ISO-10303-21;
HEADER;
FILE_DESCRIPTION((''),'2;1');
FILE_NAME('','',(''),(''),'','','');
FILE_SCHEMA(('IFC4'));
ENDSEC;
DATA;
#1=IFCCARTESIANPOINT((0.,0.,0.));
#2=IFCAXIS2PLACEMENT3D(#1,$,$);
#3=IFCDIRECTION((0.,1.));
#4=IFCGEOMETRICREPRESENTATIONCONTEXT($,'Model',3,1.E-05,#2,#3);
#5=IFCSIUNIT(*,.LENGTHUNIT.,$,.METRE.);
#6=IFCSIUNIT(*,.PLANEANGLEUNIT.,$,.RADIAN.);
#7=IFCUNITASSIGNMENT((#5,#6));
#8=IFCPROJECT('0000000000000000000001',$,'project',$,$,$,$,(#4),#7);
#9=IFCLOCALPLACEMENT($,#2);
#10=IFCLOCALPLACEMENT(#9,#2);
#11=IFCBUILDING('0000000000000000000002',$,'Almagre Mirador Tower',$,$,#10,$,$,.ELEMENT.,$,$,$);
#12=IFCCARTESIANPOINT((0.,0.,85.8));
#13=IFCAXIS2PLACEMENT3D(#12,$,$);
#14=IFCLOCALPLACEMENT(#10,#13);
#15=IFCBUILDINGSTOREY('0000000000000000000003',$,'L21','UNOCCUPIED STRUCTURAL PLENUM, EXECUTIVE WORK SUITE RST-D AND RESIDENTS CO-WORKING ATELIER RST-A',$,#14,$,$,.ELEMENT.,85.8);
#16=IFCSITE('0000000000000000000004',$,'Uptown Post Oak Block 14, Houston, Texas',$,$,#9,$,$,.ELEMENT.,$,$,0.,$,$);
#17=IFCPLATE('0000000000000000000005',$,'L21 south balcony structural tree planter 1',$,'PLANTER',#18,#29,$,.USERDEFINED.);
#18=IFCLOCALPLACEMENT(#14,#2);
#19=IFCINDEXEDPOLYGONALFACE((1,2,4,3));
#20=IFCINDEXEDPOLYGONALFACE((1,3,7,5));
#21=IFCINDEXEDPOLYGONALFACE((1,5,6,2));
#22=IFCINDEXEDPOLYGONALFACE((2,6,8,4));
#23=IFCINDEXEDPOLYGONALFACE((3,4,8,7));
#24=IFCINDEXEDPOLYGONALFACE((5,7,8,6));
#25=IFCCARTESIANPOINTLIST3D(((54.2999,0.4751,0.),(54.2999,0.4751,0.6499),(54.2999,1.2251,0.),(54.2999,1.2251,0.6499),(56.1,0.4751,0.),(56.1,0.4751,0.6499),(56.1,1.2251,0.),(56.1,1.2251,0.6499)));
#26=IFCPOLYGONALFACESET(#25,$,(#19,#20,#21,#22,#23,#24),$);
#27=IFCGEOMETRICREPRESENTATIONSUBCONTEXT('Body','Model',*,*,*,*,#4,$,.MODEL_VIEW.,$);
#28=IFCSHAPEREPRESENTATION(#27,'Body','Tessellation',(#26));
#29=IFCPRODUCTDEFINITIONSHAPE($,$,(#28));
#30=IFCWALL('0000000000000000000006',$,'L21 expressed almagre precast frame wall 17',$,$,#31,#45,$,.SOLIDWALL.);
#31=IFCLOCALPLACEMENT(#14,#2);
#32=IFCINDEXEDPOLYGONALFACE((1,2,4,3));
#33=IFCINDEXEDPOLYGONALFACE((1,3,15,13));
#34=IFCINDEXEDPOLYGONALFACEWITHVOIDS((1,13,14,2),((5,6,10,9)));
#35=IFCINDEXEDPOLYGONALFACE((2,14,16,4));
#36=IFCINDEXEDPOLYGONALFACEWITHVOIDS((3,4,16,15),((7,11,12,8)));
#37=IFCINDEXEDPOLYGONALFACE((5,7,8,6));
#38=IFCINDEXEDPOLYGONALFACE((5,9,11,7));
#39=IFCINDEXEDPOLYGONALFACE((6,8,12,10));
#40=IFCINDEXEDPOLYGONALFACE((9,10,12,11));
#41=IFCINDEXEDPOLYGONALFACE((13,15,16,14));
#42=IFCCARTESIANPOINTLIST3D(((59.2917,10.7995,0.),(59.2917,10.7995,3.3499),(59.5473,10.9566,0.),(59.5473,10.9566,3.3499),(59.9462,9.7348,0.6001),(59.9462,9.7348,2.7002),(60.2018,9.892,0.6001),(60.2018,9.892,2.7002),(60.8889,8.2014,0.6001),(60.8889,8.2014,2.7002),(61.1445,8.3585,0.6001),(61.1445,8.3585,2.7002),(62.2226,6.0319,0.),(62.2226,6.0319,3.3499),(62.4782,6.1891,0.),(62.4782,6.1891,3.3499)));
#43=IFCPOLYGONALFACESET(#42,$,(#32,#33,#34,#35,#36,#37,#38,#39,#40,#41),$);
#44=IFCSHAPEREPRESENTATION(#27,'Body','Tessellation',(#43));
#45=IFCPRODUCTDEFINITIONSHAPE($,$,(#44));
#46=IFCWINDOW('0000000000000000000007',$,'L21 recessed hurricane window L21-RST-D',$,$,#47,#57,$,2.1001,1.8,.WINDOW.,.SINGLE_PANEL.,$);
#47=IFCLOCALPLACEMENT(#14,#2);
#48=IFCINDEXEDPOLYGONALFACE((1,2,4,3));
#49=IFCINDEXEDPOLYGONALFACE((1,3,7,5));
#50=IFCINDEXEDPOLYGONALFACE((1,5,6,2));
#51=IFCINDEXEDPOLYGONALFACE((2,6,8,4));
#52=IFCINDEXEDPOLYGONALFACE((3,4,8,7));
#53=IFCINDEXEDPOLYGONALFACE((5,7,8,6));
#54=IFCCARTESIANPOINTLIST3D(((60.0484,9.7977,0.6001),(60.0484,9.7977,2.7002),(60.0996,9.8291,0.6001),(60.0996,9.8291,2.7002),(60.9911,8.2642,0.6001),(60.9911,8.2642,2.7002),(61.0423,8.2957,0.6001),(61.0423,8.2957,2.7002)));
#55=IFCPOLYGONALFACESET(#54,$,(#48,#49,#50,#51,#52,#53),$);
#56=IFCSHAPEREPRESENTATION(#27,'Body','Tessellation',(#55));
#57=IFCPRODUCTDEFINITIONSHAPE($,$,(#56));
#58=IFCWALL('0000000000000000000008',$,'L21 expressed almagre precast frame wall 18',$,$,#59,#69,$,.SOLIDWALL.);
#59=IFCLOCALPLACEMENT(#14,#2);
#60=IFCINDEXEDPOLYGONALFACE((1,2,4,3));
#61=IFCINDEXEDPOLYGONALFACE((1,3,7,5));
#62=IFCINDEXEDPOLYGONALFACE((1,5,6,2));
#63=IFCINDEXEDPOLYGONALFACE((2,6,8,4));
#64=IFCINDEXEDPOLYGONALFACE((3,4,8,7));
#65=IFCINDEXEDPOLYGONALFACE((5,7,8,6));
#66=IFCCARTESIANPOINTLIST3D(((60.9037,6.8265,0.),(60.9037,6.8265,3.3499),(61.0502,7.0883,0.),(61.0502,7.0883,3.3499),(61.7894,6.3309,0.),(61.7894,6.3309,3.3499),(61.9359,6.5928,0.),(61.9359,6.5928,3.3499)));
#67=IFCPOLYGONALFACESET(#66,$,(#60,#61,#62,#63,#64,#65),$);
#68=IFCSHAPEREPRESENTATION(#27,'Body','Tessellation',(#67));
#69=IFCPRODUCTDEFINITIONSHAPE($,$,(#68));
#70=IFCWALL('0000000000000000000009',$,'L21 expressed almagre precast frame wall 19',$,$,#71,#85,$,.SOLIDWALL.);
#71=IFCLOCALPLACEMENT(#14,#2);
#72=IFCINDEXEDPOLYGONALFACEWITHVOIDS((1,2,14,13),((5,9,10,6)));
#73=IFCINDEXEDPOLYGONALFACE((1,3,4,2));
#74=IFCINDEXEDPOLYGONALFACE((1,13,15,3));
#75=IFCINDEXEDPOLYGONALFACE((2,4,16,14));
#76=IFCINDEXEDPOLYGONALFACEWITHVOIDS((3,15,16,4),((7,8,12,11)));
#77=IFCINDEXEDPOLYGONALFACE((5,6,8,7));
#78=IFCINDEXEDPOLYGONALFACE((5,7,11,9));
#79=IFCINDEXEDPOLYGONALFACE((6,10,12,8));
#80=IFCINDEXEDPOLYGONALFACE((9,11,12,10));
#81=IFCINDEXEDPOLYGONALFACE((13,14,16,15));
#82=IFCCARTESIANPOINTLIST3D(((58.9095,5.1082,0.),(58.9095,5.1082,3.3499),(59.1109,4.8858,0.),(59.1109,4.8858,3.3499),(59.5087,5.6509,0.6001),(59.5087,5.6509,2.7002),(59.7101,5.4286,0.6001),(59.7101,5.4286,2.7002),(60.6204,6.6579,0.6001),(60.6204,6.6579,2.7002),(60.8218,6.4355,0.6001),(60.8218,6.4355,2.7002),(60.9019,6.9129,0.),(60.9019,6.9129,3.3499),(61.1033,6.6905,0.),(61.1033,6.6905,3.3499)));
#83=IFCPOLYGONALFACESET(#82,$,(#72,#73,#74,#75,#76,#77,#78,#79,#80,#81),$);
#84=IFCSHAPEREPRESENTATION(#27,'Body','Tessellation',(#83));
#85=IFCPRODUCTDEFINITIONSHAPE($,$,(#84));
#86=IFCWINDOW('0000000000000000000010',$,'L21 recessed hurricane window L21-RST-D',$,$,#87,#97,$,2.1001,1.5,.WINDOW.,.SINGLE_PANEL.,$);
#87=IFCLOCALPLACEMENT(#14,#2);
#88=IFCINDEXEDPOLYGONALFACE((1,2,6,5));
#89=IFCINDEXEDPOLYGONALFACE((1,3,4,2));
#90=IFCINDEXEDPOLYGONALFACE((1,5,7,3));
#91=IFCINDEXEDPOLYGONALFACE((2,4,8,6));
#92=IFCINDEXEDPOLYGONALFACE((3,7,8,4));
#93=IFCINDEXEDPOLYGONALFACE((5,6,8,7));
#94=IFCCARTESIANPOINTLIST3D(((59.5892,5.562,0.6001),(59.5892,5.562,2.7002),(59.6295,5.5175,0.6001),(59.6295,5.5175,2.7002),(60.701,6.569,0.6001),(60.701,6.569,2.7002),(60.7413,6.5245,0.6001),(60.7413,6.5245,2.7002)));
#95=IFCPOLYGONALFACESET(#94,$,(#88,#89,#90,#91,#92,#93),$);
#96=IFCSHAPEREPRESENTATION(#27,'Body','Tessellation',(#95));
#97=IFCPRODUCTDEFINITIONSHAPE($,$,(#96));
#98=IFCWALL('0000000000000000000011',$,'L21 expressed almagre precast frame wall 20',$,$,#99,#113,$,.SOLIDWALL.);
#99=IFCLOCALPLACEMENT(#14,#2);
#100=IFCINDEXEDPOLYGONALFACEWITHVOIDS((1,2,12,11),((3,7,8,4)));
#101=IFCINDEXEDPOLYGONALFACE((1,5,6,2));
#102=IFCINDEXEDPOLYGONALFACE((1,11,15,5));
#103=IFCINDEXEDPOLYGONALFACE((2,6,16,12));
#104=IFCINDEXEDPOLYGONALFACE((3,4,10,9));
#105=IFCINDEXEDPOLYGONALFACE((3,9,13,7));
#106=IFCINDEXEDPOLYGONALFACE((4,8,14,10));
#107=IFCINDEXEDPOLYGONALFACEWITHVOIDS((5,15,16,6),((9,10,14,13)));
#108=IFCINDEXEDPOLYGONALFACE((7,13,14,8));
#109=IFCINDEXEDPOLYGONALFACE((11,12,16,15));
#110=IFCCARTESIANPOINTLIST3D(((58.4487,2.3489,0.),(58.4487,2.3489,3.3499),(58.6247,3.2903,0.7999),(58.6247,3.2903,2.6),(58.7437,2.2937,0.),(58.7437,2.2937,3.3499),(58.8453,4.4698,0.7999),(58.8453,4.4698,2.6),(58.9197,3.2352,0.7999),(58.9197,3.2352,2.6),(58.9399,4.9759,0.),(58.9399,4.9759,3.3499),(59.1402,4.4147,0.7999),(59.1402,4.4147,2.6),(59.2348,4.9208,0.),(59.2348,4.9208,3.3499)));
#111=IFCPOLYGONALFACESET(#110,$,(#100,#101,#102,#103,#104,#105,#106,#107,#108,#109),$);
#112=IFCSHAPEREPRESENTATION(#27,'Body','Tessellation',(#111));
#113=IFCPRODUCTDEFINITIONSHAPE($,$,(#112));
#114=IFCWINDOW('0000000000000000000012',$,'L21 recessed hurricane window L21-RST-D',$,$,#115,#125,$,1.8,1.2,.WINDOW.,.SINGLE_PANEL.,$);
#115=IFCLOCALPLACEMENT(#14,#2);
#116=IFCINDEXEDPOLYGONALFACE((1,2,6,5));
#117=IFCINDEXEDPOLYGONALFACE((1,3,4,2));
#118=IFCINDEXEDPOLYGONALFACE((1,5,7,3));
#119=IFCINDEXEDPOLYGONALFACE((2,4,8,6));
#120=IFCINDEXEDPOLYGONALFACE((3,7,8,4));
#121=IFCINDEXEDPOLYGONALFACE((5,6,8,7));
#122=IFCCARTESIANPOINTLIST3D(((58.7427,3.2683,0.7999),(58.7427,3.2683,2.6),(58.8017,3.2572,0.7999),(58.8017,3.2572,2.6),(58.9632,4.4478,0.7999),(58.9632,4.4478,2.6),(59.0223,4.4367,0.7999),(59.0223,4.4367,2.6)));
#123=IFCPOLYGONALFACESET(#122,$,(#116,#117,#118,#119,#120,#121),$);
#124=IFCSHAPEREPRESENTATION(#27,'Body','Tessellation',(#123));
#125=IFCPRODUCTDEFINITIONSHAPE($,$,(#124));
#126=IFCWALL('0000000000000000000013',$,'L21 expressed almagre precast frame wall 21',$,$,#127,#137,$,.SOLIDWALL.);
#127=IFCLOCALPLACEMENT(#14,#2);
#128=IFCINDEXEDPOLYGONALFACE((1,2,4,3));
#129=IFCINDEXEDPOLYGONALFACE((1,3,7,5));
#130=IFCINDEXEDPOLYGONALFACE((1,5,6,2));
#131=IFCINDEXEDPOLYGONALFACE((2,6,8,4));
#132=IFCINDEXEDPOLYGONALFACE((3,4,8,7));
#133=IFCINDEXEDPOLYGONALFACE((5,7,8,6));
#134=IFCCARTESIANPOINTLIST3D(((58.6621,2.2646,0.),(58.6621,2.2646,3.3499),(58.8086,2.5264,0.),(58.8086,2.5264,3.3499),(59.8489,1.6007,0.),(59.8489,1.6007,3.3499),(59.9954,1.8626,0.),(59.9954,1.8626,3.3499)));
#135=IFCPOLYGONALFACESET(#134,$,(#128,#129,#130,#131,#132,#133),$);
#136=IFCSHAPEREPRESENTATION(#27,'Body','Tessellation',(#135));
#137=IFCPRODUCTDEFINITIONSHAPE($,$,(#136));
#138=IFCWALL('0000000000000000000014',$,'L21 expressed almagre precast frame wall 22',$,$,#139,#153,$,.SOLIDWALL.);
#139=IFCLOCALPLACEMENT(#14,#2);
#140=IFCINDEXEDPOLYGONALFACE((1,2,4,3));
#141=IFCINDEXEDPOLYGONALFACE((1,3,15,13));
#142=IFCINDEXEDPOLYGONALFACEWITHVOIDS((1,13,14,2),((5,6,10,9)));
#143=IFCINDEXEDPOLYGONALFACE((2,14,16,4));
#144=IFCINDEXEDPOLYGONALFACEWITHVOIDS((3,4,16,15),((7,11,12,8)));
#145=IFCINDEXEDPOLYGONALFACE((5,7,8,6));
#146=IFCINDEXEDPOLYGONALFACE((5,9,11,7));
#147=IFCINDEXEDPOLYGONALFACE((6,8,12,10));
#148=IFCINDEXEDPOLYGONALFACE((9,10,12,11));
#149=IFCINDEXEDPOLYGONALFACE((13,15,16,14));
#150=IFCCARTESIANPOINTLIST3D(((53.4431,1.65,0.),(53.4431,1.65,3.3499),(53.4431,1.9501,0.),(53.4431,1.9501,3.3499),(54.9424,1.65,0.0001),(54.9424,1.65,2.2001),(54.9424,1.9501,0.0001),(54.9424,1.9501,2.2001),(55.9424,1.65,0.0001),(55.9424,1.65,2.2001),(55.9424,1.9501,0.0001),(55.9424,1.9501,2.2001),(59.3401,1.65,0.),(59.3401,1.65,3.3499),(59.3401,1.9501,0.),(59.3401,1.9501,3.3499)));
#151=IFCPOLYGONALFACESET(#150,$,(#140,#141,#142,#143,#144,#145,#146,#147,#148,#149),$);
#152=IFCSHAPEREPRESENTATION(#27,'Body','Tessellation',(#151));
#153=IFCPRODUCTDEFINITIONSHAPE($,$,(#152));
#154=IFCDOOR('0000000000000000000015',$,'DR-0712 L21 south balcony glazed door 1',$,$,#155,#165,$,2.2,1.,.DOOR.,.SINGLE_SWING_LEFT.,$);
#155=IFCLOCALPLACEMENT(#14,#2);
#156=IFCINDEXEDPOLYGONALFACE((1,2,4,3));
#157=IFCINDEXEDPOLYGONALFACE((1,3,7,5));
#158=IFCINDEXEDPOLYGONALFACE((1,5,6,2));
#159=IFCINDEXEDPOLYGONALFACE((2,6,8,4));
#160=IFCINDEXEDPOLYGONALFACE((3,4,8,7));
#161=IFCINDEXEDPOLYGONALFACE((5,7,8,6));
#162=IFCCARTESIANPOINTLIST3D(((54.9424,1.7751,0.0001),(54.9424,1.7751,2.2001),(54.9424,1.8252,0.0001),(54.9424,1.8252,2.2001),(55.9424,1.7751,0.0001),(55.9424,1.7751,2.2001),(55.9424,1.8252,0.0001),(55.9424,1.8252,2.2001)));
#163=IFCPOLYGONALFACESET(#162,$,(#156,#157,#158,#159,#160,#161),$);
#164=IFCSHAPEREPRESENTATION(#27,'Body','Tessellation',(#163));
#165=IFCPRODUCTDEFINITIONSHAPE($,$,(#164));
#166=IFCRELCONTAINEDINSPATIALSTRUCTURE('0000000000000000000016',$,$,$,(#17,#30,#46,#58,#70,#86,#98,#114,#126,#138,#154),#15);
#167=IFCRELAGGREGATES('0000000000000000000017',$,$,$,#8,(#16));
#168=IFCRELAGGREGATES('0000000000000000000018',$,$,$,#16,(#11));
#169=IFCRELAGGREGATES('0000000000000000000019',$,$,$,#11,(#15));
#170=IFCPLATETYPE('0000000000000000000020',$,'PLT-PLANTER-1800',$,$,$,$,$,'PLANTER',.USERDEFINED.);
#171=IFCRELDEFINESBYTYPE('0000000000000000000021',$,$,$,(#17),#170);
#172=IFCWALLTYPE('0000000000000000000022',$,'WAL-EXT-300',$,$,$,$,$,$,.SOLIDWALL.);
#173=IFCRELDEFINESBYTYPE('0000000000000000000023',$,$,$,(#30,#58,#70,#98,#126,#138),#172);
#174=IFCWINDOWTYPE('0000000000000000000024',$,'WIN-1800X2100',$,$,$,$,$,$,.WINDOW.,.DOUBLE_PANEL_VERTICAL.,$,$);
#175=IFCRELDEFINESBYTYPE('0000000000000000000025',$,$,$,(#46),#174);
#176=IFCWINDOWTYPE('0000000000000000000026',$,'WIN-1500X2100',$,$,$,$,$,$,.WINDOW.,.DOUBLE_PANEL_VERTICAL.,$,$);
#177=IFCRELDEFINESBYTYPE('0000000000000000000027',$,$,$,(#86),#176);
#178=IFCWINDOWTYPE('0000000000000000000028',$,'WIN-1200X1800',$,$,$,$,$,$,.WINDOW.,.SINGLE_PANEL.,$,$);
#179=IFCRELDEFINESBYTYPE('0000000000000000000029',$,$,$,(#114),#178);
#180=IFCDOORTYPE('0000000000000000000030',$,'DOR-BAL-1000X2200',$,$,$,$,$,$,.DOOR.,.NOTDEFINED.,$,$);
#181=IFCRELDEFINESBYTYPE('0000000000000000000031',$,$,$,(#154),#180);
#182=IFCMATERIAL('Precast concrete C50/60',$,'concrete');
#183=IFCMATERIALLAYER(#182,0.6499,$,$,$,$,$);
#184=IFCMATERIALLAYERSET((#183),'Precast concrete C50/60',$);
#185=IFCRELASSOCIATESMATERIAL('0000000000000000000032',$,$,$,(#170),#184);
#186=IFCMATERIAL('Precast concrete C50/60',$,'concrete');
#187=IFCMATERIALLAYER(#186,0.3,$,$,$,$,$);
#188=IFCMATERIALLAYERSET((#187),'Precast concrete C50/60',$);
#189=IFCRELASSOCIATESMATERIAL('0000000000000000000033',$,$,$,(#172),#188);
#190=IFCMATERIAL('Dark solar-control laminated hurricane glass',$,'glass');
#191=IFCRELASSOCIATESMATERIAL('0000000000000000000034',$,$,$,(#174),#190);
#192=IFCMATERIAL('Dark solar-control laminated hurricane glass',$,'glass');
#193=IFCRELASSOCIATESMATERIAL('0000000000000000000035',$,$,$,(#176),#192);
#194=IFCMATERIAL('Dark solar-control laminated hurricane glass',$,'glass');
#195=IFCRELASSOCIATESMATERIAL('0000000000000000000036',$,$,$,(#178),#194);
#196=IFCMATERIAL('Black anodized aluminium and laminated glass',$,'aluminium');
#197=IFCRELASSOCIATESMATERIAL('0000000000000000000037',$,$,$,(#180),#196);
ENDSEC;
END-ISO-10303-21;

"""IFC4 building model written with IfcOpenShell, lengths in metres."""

from ifc_helpers import new_model, si_unit, direction, frame, frame_2d, origin, origin_2d, place, context, subcontext, project, spatial, rectangle, extrude, material, layer, layer_set, type_object, element, fill, save


model = new_model("IFC4")

# Units and contexts
model_context = context("Model", 3, precision=1e-05, world=origin(), true_north=direction((0.0, 1.0)))
body_context = subcontext(model_context, "Body", "Model", "MODEL_VIEW")
ifc_project = project(units=[si_unit("LENGTHUNIT", "METRE"), si_unit("PLANEANGLEUNIT", "RADIAN")], contexts=[model_context])

# Site, building, storey
site_placement = place(None, origin())
site = spatial("IfcSite", under=ifc_project, at=site_placement, Name="Uptown Post Oak Block 14, Houston, Texas", CompositionType="ELEMENT", RefElevation=0.0)
building_placement = place(site_placement, origin())
building = spatial("IfcBuilding", under=site, at=building_placement, Name="Almagre Mirador Tower", CompositionType="ELEMENT")
storey_placement = place(building_placement, frame((0.0, 0.0, 85.8)))
storey = spatial("IfcBuildingStorey", under=building, at=storey_placement, Name="L21", Description="UNOCCUPIED STRUCTURAL PLENUM, EXECUTIVE WORK SUITE RST-D AND RESIDENTS CO-WORKING ATELIER RST-A", CompositionType="ELEMENT", Elevation=85.8)

# Plate
ifc_material_1 = material(Name="Precast concrete C50/60", Category="concrete")
ifc_layer_1 = layer(ifc_material_1, 0.6499)
ifc_layer_set_1 = layer_set([ifc_layer_1], Name="Precast concrete C50/60")
plate_type = type_object("IfcPlateType", Name="PLT-PLANTER-1800", ElementType="PLANTER", PredefinedType="USERDEFINED", material=ifc_layer_set_1)
plate_placement = place(storey_placement, frame((55.2, 0.8501, 0.0), z_axis=(0.0, 0.0, 1.0), x_axis=(1.0, 0.0, 0.0)))
element("IfcPlate", 1, at=plate_placement, inside=storey, type_object=plate_type, Name="L21 south balcony structural tree planter 1", ObjectType="PLANTER", PredefinedType="USERDEFINED", context=body_context, shape_type="SweptSolid", body=[
    extrude(rectangle(XDim=1.8, YDim=0.75, at=origin_2d()), origin(), (0.0, 0.0, 1.0), 0.6499),
])

# Wall, opening, window
ifc_material_2 = material(Name="Precast concrete C50/60", Category="concrete")
ifc_layer_2 = layer(ifc_material_2, 0.3)
ifc_layer_set_2 = layer_set([ifc_layer_2], Name="Precast concrete C50/60")
wall_type_1 = type_object("IfcWallType", Name="WAL-EXT-300", PredefinedType="SOLIDWALL", material=ifc_layer_set_2)
wall_1_placement = place(storey_placement, frame((59.4194, 10.8782, 0.0), z_axis=(0.0, 0.0, 1.0), x_axis=(0.52371, -0.851896, 0.0)))
wall_1 = element("IfcWall", 2, at=wall_1_placement, inside=storey, type_object=wall_type_1, Name="L21 expressed almagre precast frame wall 17", PredefinedType="SOLIDWALL", context=body_context, shape_type="SweptSolid", body=[
    extrude(rectangle(XDim=5.5964, YDim=0.3, at=frame_2d((2.7983, 0.0))), origin(), (0.0, 0.0, 1.0), 3.3499),
])
opening_1_placement = place(wall_1_placement, frame((1.25, 0.0, 0.6001)))
opening_1 = element("IfcOpeningElement", 3, at=opening_1_placement, cuts=wall_1, PredefinedType="OPENING", context=body_context, shape_type="SweptSolid", body=[
    extrude(rectangle(XDim=1.8, YDim=2.1001, at=frame_2d((0.8999, 1.05))), frame((0.0, 0.1599, 0.0), z_axis=(0.0, -1.0, 0.0), x_axis=(1.0, 0.0, 0.0)), (0.0, 0.0, 1.0), 0.32),
])
ifc_material_3 = material(Name="Dark solar-control laminated hurricane glass", Category="glass")
window_type_1 = type_object("IfcWindowType", Name="WIN-1800X2100", PartitioningType="DOUBLE_PANEL_VERTICAL", PredefinedType="WINDOW", material=ifc_material_3)
window_1_placement = place(opening_1_placement, origin())
window_1 = element("IfcWindow", 4, at=window_1_placement, inside=storey, type_object=window_type_1, Name="L21 recessed hurricane window L21-RST-D", OverallHeight=2.1001, OverallWidth=1.8, PartitioningType="SINGLE_PANEL", PredefinedType="WINDOW", context=body_context, shape_type="SweptSolid", body=[
    extrude(rectangle(XDim=1.8, YDim=2.1001, at=frame_2d((0.8999, 1.05))), frame((0.0, 0.03, 0.0), z_axis=(0.0, -1.0, 0.0), x_axis=(1.0, 0.0, 0.0)), (0.0, 0.0, 1.0), 0.0601),
])
fill(opening_1, window_1)

# Wall
wall_2_placement = place(storey_placement, frame((61.8625, 6.4619, 0.0), z_axis=(0.0, 0.0, 1.0), x_axis=(-0.872678, 0.488296, 0.0)))
element("IfcWall", 5, at=wall_2_placement, inside=storey, type_object=wall_type_1, Name="L21 expressed almagre precast frame wall 18", PredefinedType="SOLIDWALL", context=body_context, shape_type="SweptSolid", body=[
    extrude(rectangle(XDim=1.0149, YDim=0.3, at=frame_2d((0.5073, 0.0))), origin(), (0.0, 0.0, 1.0), 3.3499),
])

# Walls, openings, windows
wall_3_placement = place(storey_placement, frame((61.0027, 6.8018, 0.0), z_axis=(0.0, 0.0, 1.0), x_axis=(-0.741163, -0.671325, 0.0)))
wall_3 = element("IfcWall", 6, at=wall_3_placement, inside=storey, type_object=wall_type_1, Name="L21 expressed almagre precast frame wall 19", PredefinedType="SOLIDWALL", context=body_context, shape_type="SweptSolid", body=[
    extrude(rectangle(XDim=2.6882, YDim=0.3, at=frame_2d((1.3442, 0.0))), origin(), (0.0, 0.0, 1.0), 3.3499),
])
opening_2_placement = place(wall_3_placement, frame((0.3799, 0.0, 0.6001)))
opening_2 = element("IfcOpeningElement", 7, at=opening_2_placement, cuts=wall_3, PredefinedType="OPENING", context=body_context, shape_type="SweptSolid", body=[
    extrude(rectangle(XDim=1.5, YDim=2.1001, at=frame_2d((0.75, 1.05))), frame((0.0, 0.1599, 0.0), z_axis=(0.0, -1.0, 0.0), x_axis=(1.0, 0.0, 0.0)), (0.0, 0.0, 1.0), 0.32),
])
ifc_material_4 = material(Name="Dark solar-control laminated hurricane glass", Category="glass")
window_type_2 = type_object("IfcWindowType", Name="WIN-1500X2100", PartitioningType="DOUBLE_PANEL_VERTICAL", PredefinedType="WINDOW", material=ifc_material_4)
window_2_placement = place(opening_2_placement, origin())
window_2 = element("IfcWindow", 8, at=window_2_placement, inside=storey, type_object=window_type_2, Name="L21 recessed hurricane window L21-RST-D", OverallHeight=2.1001, OverallWidth=1.5, PartitioningType="SINGLE_PANEL", PredefinedType="WINDOW", context=body_context, shape_type="SweptSolid", body=[
    extrude(rectangle(XDim=1.5, YDim=2.1001, at=frame_2d((0.75, 1.05))), frame((0.0, 0.03, 0.0), z_axis=(0.0, -1.0, 0.0), x_axis=(1.0, 0.0, 0.0)), (0.0, 0.0, 1.0), 0.0601),
])
fill(opening_2, window_2)
wall_4_placement = place(storey_placement, frame((59.0874, 4.9485, 0.0), z_axis=(0.0, 0.0, 1.0), x_axis=(-0.183787, -0.982966, 0.0)))
wall_4 = element("IfcWall", 9, at=wall_4_placement, inside=storey, type_object=wall_type_1, Name="L21 expressed almagre precast frame wall 20", PredefinedType="SOLIDWALL", context=body_context, shape_type="SweptSolid", body=[
    extrude(rectangle(XDim=2.6726, YDim=0.3, at=frame_2d((1.3364, 0.0))), origin(), (0.0, 0.0, 1.0), 3.3499),
])
opening_3_placement = place(wall_4_placement, frame((0.5149, 0.0, 0.8)))
opening_3 = element("IfcOpeningElement", 10, at=opening_3_placement, cuts=wall_4, PredefinedType="OPENING", context=body_context, shape_type="SweptSolid", body=[
    extrude(rectangle(XDim=1.2, YDim=1.8, at=frame_2d((0.6001, 0.8999))), frame((0.0, 0.1599, 0.0), z_axis=(0.0, -1.0, 0.0), x_axis=(1.0, 0.0, 0.0)), (0.0, 0.0, 1.0), 0.32),
])
ifc_material_5 = material(Name="Dark solar-control laminated hurricane glass", Category="glass")
window_type_3 = type_object("IfcWindowType", Name="WIN-1200X1800", PartitioningType="SINGLE_PANEL", PredefinedType="WINDOW", material=ifc_material_5)
window_3_placement = place(opening_3_placement, origin())
window_3 = element("IfcWindow", 11, at=window_3_placement, inside=storey, type_object=window_type_3, Name="L21 recessed hurricane window L21-RST-D", OverallHeight=1.8, OverallWidth=1.2, PartitioningType="SINGLE_PANEL", PredefinedType="WINDOW", context=body_context, shape_type="SweptSolid", body=[
    extrude(rectangle(XDim=1.2, YDim=1.8, at=frame_2d((0.6001, 0.8999))), frame((0.0, 0.03, 0.0), z_axis=(0.0, -1.0, 0.0), x_axis=(1.0, 0.0, 0.0)), (0.0, 0.0, 1.0), 0.0601),
])
fill(opening_3, window_3)

# Wall
wall_5_placement = place(storey_placement, frame((58.7354, 2.3955, 0.0), z_axis=(0.0, 0.0, 1.0), x_axis=(0.872748, -0.488171, 0.0)))
element("IfcWall", 12, at=wall_5_placement, inside=storey, type_object=wall_type_1, Name="L21 expressed almagre precast frame wall 21", PredefinedType="SOLIDWALL", context=body_context, shape_type="SweptSolid", body=[
    extrude(rectangle(XDim=1.3599, YDim=0.3, at=frame_2d((0.6799, 0.0))), origin(), (0.0, 0.0, 1.0), 3.3499),
])

# Wall, opening, door
wall_6_placement = place(storey_placement, frame((59.3401, 1.8, 0.0), z_axis=(0.0, 0.0, 1.0), x_axis=(-1.0, 0.0, 0.0)))
wall_6 = element("IfcWall", 13, at=wall_6_placement, inside=storey, type_object=wall_type_1, Name="L21 expressed almagre precast frame wall 22", PredefinedType="SOLIDWALL", context=body_context, shape_type="SweptSolid", body=[
    extrude(rectangle(XDim=5.897, YDim=0.3, at=frame_2d((2.9485, 0.0))), origin(), (0.0, 0.0, 1.0), 3.3499),
])
opening_4_placement = place(wall_6_placement, frame((3.3977, 0.0, 0.0)))
opening_4 = element("IfcOpeningElement", 14, at=opening_4_placement, cuts=wall_6, PredefinedType="OPENING", context=body_context, shape_type="SweptSolid", body=[
    extrude(rectangle(XDim=1.0, YDim=2.2, at=frame_2d((0.5, 1.1001))), frame((0.0, 0.1599, 0.0), z_axis=(0.0, -1.0, 0.0), x_axis=(1.0, 0.0, 0.0)), (0.0, 0.0, 1.0), 0.32),
])
ifc_material_6 = material(Name="Black anodized aluminium and laminated glass", Category="aluminium")
door_type = type_object("IfcDoorType", Name="DOR-BAL-1000X2200", OperationType="NOTDEFINED", PredefinedType="DOOR", material=ifc_material_6)
door_placement = place(opening_4_placement, origin())
door = element("IfcDoor", 15, at=door_placement, inside=storey, type_object=door_type, Name="DR-0712 L21 south balcony glazed door 1", OperationType="SINGLE_SWING_LEFT", OverallHeight=2.2, OverallWidth=1.0, PredefinedType="DOOR", context=body_context, shape_type="SweptSolid", body=[
    extrude(rectangle(XDim=1.0, YDim=2.2, at=frame_2d((0.5, 1.1001))), frame((0.0, 0.0249, 0.0), z_axis=(0.0, -1.0, 0.0), x_axis=(1.0, 0.0, 0.0)), (0.0, 0.0, 1.0), 0.05),
])
fill(opening_4, door)

save(model, "model.ifc")
